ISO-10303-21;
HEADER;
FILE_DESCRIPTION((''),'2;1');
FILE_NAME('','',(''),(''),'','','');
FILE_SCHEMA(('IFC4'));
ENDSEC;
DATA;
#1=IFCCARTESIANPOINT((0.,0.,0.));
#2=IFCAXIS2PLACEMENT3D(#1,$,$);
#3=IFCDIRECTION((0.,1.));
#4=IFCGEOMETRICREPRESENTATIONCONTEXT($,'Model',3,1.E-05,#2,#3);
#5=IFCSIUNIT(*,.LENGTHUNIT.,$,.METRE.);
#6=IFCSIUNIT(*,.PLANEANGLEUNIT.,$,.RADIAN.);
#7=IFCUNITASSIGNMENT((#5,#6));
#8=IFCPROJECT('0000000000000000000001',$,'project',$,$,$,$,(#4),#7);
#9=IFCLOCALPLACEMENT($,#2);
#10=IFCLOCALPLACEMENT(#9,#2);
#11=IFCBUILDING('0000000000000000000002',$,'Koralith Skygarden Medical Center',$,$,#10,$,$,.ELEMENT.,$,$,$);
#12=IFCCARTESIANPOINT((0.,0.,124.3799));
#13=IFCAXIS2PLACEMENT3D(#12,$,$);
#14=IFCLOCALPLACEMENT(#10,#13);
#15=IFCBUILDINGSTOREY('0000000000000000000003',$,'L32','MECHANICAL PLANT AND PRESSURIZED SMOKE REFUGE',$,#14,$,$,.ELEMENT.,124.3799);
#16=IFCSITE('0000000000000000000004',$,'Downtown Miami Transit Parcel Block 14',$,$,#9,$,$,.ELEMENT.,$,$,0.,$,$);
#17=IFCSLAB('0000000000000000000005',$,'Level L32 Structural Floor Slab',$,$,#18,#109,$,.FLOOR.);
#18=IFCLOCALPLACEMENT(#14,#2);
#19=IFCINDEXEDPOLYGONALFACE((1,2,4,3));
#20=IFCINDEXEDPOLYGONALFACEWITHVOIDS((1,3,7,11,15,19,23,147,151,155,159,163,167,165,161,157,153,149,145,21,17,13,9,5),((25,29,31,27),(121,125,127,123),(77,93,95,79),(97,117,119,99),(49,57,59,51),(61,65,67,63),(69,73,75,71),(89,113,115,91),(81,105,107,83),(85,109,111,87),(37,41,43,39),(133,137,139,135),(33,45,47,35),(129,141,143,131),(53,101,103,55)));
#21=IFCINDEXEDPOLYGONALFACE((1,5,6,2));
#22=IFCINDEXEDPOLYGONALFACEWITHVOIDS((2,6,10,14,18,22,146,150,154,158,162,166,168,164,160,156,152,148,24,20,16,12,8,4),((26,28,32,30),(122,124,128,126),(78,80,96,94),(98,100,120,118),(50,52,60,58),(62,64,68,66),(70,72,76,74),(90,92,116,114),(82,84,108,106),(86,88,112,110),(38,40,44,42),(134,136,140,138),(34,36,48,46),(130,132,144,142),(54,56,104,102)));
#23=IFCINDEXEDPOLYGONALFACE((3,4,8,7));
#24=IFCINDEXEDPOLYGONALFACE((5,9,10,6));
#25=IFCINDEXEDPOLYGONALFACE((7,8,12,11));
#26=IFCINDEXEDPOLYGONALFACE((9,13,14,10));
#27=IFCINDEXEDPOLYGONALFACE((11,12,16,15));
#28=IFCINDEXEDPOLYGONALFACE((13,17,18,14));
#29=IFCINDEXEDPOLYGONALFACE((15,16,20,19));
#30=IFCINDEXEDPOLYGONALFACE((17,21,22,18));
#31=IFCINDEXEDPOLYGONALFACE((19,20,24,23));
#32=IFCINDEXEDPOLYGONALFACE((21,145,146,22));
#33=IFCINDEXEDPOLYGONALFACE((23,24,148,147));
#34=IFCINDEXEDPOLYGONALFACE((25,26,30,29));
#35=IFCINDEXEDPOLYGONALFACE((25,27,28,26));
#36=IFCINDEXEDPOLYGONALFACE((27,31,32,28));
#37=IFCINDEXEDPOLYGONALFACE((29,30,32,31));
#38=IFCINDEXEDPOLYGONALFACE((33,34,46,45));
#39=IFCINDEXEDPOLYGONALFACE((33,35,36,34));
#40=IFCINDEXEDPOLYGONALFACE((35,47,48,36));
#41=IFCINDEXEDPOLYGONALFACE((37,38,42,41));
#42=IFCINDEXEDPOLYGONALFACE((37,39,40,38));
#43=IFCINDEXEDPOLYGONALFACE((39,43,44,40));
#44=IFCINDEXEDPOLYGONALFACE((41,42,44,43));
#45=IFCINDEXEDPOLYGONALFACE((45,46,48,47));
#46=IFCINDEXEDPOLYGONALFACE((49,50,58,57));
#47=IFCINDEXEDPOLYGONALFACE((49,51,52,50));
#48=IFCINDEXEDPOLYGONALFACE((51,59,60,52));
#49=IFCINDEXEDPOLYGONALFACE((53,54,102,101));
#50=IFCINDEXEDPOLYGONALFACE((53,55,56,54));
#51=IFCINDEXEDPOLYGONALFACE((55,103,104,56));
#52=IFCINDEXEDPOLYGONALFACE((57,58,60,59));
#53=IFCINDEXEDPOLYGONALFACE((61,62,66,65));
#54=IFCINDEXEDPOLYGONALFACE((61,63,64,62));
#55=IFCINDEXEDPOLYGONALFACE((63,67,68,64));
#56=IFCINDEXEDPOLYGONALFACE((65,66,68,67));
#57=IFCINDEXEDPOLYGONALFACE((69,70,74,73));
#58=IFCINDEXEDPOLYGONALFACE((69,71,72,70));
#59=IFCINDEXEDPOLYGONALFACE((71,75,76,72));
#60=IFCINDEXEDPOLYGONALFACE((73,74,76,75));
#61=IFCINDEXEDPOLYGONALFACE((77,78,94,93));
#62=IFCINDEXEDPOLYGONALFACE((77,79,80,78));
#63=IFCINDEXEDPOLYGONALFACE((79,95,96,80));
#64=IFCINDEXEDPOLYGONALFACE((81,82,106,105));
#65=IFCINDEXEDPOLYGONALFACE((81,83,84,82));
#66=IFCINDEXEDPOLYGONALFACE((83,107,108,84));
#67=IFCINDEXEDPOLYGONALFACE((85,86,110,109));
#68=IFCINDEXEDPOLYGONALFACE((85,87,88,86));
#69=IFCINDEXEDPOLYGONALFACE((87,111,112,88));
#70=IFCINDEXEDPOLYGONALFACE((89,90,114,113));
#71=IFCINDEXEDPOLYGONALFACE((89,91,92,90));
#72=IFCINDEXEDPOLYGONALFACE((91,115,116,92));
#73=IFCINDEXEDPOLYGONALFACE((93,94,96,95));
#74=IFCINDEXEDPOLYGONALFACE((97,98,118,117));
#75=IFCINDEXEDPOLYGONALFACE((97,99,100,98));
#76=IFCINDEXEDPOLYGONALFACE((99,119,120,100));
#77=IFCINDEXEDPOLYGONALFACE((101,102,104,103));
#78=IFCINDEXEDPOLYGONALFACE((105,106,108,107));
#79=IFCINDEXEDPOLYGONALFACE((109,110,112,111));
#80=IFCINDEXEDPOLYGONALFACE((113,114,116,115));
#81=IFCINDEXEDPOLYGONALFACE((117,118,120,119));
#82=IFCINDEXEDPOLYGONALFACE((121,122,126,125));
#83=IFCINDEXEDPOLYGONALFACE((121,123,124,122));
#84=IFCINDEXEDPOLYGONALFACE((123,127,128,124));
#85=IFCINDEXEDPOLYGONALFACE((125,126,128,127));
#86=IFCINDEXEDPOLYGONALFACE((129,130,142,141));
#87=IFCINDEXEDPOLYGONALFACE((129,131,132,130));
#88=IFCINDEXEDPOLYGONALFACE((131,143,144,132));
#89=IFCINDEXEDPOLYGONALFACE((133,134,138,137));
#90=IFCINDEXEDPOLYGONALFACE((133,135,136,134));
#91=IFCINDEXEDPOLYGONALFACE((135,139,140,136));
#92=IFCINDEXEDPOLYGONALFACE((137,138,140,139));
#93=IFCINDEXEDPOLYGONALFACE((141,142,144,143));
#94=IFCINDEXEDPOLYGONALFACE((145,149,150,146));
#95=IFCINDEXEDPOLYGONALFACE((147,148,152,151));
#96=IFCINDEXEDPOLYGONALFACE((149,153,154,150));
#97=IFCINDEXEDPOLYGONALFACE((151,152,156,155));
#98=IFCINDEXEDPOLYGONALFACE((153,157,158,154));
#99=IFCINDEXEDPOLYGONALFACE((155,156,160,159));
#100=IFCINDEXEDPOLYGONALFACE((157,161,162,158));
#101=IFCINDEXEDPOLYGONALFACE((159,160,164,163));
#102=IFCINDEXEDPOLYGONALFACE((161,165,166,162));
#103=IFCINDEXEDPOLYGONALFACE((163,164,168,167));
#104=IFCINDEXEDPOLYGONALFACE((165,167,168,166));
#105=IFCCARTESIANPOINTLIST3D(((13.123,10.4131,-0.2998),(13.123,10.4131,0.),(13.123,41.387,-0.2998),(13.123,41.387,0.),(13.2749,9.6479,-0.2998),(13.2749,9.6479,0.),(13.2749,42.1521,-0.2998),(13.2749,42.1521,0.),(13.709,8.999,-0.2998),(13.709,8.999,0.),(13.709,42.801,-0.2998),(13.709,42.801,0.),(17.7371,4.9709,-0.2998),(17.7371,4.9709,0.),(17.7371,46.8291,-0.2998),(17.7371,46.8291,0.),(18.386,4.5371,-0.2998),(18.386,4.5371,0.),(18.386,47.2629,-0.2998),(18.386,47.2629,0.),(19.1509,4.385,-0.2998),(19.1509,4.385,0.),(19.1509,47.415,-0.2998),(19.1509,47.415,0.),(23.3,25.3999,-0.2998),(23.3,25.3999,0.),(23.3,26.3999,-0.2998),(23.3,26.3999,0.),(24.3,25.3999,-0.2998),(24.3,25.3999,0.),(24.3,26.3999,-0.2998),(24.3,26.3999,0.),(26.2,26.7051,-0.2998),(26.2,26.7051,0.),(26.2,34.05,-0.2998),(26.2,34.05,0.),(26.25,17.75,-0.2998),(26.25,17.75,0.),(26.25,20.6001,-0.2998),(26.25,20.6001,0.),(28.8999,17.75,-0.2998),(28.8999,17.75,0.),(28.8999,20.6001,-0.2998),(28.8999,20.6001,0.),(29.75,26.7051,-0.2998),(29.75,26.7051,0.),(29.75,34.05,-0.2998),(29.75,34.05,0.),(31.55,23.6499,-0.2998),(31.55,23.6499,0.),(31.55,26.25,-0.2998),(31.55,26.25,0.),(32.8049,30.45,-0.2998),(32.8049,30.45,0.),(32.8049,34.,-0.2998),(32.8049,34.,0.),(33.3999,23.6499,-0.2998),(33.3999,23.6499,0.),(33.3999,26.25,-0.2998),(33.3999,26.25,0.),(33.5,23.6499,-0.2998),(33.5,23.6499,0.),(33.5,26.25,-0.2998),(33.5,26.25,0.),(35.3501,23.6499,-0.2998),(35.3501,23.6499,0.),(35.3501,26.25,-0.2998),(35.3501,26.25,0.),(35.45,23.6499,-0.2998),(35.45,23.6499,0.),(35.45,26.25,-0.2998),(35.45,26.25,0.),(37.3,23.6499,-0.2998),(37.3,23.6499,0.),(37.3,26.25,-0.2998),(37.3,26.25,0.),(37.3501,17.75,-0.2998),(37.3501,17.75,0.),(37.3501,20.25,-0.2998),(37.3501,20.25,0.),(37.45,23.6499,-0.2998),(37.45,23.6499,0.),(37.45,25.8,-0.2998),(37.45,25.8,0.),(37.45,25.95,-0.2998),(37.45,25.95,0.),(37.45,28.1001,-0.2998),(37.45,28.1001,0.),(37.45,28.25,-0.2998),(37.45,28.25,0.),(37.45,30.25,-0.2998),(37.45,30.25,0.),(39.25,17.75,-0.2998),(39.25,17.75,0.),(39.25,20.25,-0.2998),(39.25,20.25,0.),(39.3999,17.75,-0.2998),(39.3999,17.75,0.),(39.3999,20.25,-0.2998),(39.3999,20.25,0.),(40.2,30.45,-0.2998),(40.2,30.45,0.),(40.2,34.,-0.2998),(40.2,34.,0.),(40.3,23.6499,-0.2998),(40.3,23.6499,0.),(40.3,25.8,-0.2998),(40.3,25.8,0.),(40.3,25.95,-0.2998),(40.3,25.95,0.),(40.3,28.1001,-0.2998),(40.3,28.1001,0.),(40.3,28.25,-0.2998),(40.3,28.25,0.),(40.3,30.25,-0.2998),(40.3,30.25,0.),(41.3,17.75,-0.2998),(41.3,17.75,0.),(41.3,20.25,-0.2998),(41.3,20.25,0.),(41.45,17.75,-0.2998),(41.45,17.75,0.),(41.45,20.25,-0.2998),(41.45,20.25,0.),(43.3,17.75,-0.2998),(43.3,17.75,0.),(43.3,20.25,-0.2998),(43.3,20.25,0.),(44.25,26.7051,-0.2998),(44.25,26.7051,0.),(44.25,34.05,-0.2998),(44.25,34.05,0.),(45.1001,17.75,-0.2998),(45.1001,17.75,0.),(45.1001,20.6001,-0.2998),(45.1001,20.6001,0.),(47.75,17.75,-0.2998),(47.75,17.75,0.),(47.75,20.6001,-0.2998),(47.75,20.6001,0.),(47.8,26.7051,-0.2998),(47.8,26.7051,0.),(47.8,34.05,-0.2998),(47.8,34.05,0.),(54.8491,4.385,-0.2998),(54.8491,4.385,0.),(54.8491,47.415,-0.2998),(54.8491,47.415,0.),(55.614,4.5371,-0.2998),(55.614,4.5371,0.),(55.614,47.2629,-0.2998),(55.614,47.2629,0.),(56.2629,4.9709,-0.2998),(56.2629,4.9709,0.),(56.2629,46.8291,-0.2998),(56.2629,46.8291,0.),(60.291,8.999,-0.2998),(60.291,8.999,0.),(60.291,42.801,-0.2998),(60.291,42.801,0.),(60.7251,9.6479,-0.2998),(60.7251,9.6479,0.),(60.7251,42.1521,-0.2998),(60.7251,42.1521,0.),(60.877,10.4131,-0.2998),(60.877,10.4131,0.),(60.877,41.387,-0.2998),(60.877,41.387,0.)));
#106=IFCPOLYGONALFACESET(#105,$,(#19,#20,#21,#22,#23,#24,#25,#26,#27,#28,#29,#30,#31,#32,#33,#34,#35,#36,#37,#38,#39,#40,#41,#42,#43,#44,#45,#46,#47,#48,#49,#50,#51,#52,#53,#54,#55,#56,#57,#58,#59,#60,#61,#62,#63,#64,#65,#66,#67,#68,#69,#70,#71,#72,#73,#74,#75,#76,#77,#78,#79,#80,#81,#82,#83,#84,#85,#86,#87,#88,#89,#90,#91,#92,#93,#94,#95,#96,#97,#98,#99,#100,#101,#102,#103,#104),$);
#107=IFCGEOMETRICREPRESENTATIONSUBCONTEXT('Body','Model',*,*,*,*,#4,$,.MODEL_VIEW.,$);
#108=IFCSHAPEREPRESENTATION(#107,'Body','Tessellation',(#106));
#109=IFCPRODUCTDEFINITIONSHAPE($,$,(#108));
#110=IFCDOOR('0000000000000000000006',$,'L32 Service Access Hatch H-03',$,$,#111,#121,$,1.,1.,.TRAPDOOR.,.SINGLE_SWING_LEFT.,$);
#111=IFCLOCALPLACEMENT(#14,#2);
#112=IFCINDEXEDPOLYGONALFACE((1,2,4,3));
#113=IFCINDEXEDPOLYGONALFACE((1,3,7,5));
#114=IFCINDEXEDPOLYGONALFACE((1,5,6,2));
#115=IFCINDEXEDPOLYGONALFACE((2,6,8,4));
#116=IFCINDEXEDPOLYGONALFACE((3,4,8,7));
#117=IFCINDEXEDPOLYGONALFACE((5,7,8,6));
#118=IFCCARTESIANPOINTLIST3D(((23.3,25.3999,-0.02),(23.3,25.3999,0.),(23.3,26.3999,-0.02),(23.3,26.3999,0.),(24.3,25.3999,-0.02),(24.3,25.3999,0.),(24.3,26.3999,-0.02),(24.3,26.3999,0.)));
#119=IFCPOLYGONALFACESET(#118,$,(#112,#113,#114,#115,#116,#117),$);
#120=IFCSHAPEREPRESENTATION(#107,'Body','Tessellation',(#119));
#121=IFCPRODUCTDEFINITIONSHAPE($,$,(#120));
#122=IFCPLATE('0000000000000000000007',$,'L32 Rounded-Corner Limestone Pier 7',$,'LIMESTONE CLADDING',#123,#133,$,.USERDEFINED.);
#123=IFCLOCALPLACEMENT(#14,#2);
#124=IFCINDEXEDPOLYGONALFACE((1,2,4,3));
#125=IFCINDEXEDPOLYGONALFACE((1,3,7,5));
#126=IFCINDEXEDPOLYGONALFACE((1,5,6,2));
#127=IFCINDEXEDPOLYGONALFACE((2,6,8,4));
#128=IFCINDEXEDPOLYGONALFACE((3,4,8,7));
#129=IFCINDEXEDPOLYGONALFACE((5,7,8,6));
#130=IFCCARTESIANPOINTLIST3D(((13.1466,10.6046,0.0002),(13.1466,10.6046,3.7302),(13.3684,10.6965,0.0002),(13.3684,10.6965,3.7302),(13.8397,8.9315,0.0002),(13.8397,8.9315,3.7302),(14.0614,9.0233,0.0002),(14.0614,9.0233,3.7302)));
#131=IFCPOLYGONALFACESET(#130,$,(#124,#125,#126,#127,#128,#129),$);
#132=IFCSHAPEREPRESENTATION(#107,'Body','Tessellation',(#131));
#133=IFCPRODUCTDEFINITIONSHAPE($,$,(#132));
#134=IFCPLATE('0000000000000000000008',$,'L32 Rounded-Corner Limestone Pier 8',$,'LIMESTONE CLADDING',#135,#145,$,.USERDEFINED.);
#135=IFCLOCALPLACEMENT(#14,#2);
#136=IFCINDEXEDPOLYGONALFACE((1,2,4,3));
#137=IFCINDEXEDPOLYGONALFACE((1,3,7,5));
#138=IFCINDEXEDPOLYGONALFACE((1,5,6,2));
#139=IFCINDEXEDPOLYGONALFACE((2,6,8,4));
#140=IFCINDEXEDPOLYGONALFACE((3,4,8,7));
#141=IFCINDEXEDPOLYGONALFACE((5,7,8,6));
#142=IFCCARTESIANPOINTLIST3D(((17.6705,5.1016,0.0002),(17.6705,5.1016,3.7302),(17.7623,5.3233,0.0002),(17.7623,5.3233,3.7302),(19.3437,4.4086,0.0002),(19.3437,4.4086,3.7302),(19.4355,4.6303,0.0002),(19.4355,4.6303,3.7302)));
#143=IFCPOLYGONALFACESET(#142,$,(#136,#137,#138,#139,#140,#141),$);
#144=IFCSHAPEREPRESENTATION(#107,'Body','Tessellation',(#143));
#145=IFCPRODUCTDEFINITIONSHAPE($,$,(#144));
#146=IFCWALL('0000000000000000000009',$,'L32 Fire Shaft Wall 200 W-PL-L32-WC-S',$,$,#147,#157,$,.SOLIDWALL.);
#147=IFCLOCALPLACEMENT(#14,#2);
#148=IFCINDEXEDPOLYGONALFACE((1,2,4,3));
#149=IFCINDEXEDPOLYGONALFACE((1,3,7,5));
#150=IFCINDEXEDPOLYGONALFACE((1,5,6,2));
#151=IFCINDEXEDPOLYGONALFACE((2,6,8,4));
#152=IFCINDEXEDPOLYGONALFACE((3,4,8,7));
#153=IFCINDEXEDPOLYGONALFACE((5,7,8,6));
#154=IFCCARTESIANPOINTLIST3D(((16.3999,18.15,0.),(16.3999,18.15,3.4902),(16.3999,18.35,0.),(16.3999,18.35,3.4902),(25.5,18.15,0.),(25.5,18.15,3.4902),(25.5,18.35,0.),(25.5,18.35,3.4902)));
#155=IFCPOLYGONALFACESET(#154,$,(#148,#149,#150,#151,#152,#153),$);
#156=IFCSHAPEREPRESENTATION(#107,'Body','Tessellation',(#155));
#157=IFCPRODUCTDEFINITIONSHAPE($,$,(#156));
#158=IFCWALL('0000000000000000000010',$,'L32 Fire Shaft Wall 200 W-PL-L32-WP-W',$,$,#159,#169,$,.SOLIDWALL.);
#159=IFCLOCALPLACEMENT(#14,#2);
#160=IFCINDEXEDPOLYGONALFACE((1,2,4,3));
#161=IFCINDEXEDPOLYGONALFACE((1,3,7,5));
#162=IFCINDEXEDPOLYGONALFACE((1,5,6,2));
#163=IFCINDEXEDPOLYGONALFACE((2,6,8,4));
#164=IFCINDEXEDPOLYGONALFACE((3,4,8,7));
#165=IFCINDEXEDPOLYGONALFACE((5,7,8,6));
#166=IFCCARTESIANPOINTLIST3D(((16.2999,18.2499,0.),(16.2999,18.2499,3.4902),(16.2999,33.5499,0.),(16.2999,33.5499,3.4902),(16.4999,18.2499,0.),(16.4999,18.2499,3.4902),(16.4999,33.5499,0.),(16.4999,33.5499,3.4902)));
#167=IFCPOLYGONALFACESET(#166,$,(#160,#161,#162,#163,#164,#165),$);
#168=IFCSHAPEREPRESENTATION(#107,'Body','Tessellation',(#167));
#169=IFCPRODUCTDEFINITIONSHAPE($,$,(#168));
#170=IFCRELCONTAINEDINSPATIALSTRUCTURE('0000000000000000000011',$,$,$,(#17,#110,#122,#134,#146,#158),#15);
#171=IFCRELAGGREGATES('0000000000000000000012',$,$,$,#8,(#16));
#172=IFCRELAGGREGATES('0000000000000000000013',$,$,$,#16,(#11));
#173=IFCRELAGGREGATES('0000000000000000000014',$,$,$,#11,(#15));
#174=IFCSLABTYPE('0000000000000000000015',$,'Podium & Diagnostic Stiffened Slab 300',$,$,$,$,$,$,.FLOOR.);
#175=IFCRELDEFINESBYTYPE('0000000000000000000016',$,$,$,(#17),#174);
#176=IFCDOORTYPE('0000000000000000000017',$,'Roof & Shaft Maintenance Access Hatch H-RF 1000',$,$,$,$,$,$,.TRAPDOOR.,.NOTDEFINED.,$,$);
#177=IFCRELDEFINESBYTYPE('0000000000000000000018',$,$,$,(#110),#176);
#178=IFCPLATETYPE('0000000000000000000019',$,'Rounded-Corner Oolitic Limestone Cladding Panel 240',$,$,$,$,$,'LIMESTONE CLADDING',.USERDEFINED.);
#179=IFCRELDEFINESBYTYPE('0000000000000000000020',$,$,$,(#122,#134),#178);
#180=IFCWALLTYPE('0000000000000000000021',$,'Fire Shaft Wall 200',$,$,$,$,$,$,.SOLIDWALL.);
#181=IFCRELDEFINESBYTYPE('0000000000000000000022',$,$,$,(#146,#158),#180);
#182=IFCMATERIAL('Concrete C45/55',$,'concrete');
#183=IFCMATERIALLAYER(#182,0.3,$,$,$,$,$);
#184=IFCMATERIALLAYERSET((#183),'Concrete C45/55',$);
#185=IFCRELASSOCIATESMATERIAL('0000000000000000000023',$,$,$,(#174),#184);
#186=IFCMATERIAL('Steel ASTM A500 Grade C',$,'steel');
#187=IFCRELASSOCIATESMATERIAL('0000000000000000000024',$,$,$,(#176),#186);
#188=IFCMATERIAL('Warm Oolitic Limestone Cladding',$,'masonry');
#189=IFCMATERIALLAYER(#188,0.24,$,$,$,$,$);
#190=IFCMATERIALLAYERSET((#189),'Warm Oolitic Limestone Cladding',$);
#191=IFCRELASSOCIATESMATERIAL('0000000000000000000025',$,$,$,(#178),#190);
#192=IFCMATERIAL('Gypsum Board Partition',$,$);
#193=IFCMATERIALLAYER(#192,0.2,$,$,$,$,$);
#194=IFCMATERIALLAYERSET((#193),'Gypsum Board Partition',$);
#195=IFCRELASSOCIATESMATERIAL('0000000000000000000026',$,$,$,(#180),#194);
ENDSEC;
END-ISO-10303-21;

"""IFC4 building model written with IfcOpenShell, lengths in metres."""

from ifc_helpers import new_model, si_unit, direction, frame, frame_2d, origin, origin_2d, place, context, subcontext, project, spatial, polyline, rectangle, outline, extrude, material, layer, layer_set, type_object, element, fill, save


model = new_model("IFC4")

# Units and contexts
model_context = context("Model", 3, precision=1e-05, world=origin(), true_north=direction((0.0, 1.0)))
body_context = subcontext(model_context, "Body", "Model", "MODEL_VIEW")
ifc_project = project(units=[si_unit("LENGTHUNIT", "METRE"), si_unit("PLANEANGLEUNIT", "RADIAN")], contexts=[model_context])

# Site, building, storey
site_placement = place(None, origin())
site = spatial("IfcSite", under=ifc_project, at=site_placement, Name="Downtown Miami Transit Parcel Block 14", CompositionType="ELEMENT", RefElevation=0.0)
building_placement = place(site_placement, origin())
building = spatial("IfcBuilding", under=site, at=building_placement, Name="Koralith Skygarden Medical Center", CompositionType="ELEMENT")
storey_placement = place(building_placement, frame((0.0, 0.0, 124.3799)))
storey = spatial("IfcBuildingStorey", under=building, at=storey_placement, Name="L32", Description="MECHANICAL PLANT AND PRESSURIZED SMOKE REFUGE", CompositionType="ELEMENT", Elevation=124.3799)

# Shared definitions
ifc_material_1 = material(Name="Steel ASTM A500 Grade C", Category="steel")

# Shared definitions
ifc_material_2 = material(Name="Concrete C45/55", Category="concrete")

# Slab, opening, door
ifc_layer_1 = layer(ifc_material_2, 0.3)
ifc_layer_set_1 = layer_set([ifc_layer_1], Name="Concrete C45/55")
slab_type_1 = type_object("IfcSlabType", Name="Podium & Diagnostic Stiffened Slab 300", PredefinedType="FLOOR", material=ifc_layer_set_1)
slab_1_placement = place(storey_placement, frame((0.0, 0.0, -0.2998)))
slab_1 = element("IfcSlab", 1, at=slab_1_placement, inside=storey, type_object=slab_type_1, Name="Level L32 Structural Floor Slab", PredefinedType="FLOOR", context=body_context, shape_type="SweptSolid", body=[
    extrude(outline(polyline([(17.7371, 4.9709), (18.386, 4.5371), (19.1509, 4.385), (54.8491, 4.385), (55.614, 4.5371), (56.2629, 4.9709), (60.291, 8.999), (60.7251, 9.6479), (60.877, 10.4131), (60.877, 41.387), (60.7251, 42.1521), (60.291, 42.801), (56.2629, 46.8291), (55.614, 47.2629), (54.8491, 47.415), (19.1509, 47.415), (18.386, 47.2629), (17.7371, 46.8291), (13.709, 42.801), (13.2749, 42.1521), (13.123, 41.387), (13.123, 10.4131), (13.2749, 9.6479), (13.709, 8.999), (17.7371, 4.9709)]), holes=[polyline([(26.2, 26.7051), (29.75, 26.7051), (29.75, 34.05), (26.2, 34.05), (26.2, 26.7051)]), polyline([(44.25, 26.7051), (47.8, 26.7051), (47.8, 34.05), (44.25, 34.05), (44.25, 26.7051)]), polyline([(32.8049, 30.45), (40.2, 30.45), (40.2, 34.0), (32.8049, 34.0), (32.8049, 30.45)]), polyline([(26.25, 17.75), (28.8999, 17.75), (28.8999, 20.6001), (26.25, 20.6001), (26.25, 17.75)]), polyline([(45.1001, 17.75), (47.75, 17.75), (47.75, 20.6001), (45.1001, 20.6001), (45.1001, 17.75)]), polyline([(37.3501, 17.75), (39.25, 17.75), (39.25, 20.25), (37.3501, 20.25), (37.3501, 17.75)]), polyline([(39.3999, 17.75), (41.3, 17.75), (41.3, 20.25), (39.3999, 20.25), (39.3999, 17.75)]), polyline([(41.45, 17.75), (43.3, 17.75), (43.3, 20.25), (41.45, 20.25), (41.45, 17.75)]), polyline([(31.55, 23.6499), (33.3999, 23.6499), (33.3999, 26.25), (31.55, 26.25), (31.55, 23.6499)]), polyline([(33.5, 23.6499), (35.3501, 23.6499), (35.3501, 26.25), (33.5, 26.25), (33.5, 23.6499)]), polyline([(35.45, 23.6499), (37.3, 23.6499), (37.3, 26.25), (35.45, 26.25), (35.45, 23.6499)]), polyline([(37.45, 23.6499), (40.3, 23.6499), (40.3, 25.8), (37.45, 25.8), (37.45, 23.6499)]), polyline([(37.45, 25.95), (40.3, 25.95), (40.3, 28.1001), (37.45, 28.1001), (37.45, 25.95)]), polyline([(37.45, 28.25), (40.3, 28.25), (40.3, 30.25), (37.45, 30.25), (37.45, 28.25)])]), origin(), (0.0, 0.0, 1.0), 0.2998),
])
opening_placement = place(slab_1_placement, frame((23.8, 25.8999, -0.01)))
opening = element("IfcOpeningElement", 2, at=opening_placement, cuts=slab_1, PredefinedType="OPENING", context=body_context, shape_type="SweptSolid", body=[
    extrude(rectangle(XDim=1.0, YDim=1.0, at=origin_2d()), origin(), (0.0, 0.0, 1.0), 0.3198),
])
door_type = type_object("IfcDoorType", Name="Roof & Shaft Maintenance Access Hatch H-RF 1000", OperationType="NOTDEFINED", PredefinedType="TRAPDOOR", material=ifc_material_1)
door_placement = place(opening_placement, frame((0.0, 0.0, 0.2898)))
door = element("IfcDoor", 3, at=door_placement, inside=storey, type_object=door_type, Name="L32 Service Access Hatch H-03", OperationType="SINGLE_SWING_LEFT", OverallHeight=1.0, OverallWidth=1.0, PredefinedType="TRAPDOOR", context=body_context, shape_type="SweptSolid", body=[
    extrude(rectangle(XDim=1.0, YDim=1.0, at=origin_2d()), origin(), (0.0, 0.0, 1.0), 0.02),
])
fill(opening, door)

# Plates
ifc_material_3 = material(Name="Warm Oolitic Limestone Cladding", Category="masonry")
ifc_layer_2 = layer(ifc_material_3, 0.24)
ifc_layer_set_2 = layer_set([ifc_layer_2], Name="Warm Oolitic Limestone Cladding")
plate_type_1 = type_object("IfcPlateType", Name="Rounded-Corner Oolitic Limestone Cladding Panel 240", ElementType="LIMESTONE CLADDING", PredefinedType="USERDEFINED", material=ifc_layer_set_2)
for number, where, z_axis, x_axis, name in (
    (4, (13.604, 9.814, 0.0002), (0.0, 0.0, 1.0), (0.382671, -0.923885, 0.0), "L32 Rounded-Corner Limestone Pier 7"),
    (5, (18.553, 4.866, 0.0002), (0.0, 0.0, 1.0), (0.923885, -0.382671, 0.0), "L32 Rounded-Corner Limestone Pier 8"),
):
    element("IfcPlate", number, at=place(storey_placement, frame(where, z_axis=z_axis, x_axis=x_axis)), inside=storey, type_object=plate_type_1, Name=name, ObjectType="LIMESTONE CLADDING", PredefinedType="USERDEFINED", context=body_context, shape_type="SweptSolid", body=[
        extrude(rectangle(XDim=1.811, YDim=0.24, at=origin_2d()), origin(), (0.0, 0.0, 1.0), 3.73),
    ])

# Walls
ifc_material_4 = material(Name="Gypsum Board Partition")
ifc_layer_3 = layer(ifc_material_4, 0.2)
ifc_layer_set_3 = layer_set([ifc_layer_3], Name="Gypsum Board Partition")
wall_type_1 = type_object("IfcWallType", Name="Fire Shaft Wall 200", PredefinedType="SOLIDWALL", material=ifc_layer_set_3)
wall_1_placement = place(storey_placement, frame((16.3999, 18.25, 0.0), z_axis=(0.0, 0.0, 1.0), x_axis=(1.0, 0.0, 0.0)))
element("IfcWall", 6, at=wall_1_placement, inside=storey, type_object=wall_type_1, Name="L32 Fire Shaft Wall 200 W-PL-L32-WC-S", PredefinedType="SOLIDWALL", context=body_context, shape_type="SweptSolid", body=[
    extrude(rectangle(XDim=9.1001, YDim=0.2, at=frame_2d((4.55, 0.0))), origin(), (0.0, 0.0, 1.0), 3.4902),
])
wall_2_placement = place(storey_placement, frame((16.3999, 18.25, 0.0), z_axis=(0.0, 0.0, 1.0), x_axis=(0.0, 1.0, 0.0)))
element("IfcWall", 7, at=wall_2_placement, inside=storey, type_object=wall_type_1, Name="L32 Fire Shaft Wall 200 W-PL-L32-WP-W", PredefinedType="SOLIDWALL", context=body_context, shape_type="SweptSolid", body=[
    extrude(rectangle(XDim=15.3, YDim=0.2, at=frame_2d((7.6499, 0.0))), origin(), (0.0, 0.0, 1.0), 3.4902),
])

save(model, "model.ifc")
